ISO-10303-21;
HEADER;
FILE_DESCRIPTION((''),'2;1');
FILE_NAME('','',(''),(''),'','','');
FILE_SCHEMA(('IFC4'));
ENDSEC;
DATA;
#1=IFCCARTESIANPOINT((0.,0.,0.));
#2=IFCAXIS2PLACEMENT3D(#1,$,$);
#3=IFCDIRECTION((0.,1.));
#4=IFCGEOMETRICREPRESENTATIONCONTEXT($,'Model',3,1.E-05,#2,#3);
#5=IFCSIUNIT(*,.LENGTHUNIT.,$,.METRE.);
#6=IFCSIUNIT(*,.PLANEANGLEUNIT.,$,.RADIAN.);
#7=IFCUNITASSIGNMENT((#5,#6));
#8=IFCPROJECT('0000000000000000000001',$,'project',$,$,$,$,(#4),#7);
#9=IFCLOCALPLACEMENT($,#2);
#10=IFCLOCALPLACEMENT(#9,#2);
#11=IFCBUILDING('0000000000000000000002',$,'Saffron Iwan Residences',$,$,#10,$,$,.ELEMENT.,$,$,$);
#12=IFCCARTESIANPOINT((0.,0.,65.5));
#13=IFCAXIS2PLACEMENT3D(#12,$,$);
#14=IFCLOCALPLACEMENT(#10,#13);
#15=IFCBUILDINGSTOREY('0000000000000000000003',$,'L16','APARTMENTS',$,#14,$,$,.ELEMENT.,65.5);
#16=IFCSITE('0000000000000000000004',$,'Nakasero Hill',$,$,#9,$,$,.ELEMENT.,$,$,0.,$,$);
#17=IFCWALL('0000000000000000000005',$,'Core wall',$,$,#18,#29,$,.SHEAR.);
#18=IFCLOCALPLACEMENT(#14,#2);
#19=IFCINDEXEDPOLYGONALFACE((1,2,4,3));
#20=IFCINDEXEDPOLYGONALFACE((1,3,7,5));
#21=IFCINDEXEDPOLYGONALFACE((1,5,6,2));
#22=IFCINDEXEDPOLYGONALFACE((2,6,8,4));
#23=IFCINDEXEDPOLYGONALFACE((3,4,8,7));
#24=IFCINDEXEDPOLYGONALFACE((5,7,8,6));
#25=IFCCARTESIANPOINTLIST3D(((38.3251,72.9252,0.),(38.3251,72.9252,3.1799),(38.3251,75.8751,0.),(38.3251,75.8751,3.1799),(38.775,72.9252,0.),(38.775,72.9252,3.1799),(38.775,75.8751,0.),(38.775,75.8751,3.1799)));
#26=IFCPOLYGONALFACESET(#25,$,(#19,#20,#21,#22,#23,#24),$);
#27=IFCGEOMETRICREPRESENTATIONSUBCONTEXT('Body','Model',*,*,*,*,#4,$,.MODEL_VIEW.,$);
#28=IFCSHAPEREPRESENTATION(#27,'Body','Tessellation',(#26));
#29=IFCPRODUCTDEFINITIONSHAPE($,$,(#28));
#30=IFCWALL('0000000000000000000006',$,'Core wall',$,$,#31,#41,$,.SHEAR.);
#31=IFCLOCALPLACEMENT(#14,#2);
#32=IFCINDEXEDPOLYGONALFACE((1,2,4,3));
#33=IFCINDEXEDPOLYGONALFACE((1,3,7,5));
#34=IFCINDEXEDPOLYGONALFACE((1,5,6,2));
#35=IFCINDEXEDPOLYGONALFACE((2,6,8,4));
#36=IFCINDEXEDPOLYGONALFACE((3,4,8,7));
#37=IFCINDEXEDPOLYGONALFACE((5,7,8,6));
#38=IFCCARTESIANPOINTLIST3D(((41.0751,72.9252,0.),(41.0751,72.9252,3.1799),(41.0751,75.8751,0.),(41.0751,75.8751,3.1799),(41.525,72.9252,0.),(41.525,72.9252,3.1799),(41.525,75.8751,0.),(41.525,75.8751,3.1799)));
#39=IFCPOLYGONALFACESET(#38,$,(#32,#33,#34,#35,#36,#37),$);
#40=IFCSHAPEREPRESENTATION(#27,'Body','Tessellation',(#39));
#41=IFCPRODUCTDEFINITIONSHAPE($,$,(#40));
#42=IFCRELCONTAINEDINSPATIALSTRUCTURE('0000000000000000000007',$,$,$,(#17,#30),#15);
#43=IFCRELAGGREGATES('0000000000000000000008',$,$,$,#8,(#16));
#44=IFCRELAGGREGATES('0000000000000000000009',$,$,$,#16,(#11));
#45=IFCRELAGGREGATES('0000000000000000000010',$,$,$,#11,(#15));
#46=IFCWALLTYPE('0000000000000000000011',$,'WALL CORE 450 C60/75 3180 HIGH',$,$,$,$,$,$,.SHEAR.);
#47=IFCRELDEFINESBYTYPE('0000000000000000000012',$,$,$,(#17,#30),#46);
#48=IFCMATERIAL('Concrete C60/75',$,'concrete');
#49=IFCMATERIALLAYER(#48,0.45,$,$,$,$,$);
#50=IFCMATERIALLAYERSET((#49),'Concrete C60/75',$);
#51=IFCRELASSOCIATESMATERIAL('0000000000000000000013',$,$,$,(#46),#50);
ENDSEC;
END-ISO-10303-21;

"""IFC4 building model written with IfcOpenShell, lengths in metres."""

from ifc_helpers import new_model, si_unit, direction, frame, frame_2d, origin, place, context, subcontext, project, spatial, rectangle, extrude, material, layer, layer_set, type_object, element, save


model = new_model("IFC4")

# Units and contexts
model_context = context("Model", 3, precision=1e-05, world=origin(), true_north=direction((0.0, 1.0)))
body_context = subcontext(model_context, "Body", "Model", "MODEL_VIEW")
ifc_project = project(units=[si_unit("LENGTHUNIT", "METRE"), si_unit("PLANEANGLEUNIT", "RADIAN")], contexts=[model_context])

# Site, building, storey
site_placement = place(None, origin())
site = spatial("IfcSite", under=ifc_project, at=site_placement, Name="Nakasero Hill", CompositionType="ELEMENT", RefElevation=0.0)
building_placement = place(site_placement, origin())
building = spatial("IfcBuilding", under=site, at=building_placement, Name="Saffron Iwan Residences", CompositionType="ELEMENT")
storey_placement = place(building_placement, frame((0.0, 0.0, 65.5)))
storey = spatial("IfcBuildingStorey", under=building, at=storey_placement, Name="L16", Description="APARTMENTS", CompositionType="ELEMENT", Elevation=65.5)

# Shared definitions
ifc_material_1 = material(Name="Concrete C60/75", Category="concrete")
ifc_layer = layer(ifc_material_1, 0.45)
ifc_layer_set = layer_set([ifc_layer], Name="Concrete C60/75")
wall_type = type_object("IfcWallType", Name="WALL CORE 450 C60/75 3180 HIGH", PredefinedType="SHEAR", material=ifc_layer_set)

# Walls
for number, where, z_axis, x_axis, name in (
    (1, (38.55, 72.925, 0.0), (0.0, 0.0, 1.0), (0.0, 1.0, 0.0), "Core wall"),
    (2, (41.3, 72.925, 0.0), (0.0, 0.0, 1.0), (0.0, 1.0, 0.0), "Core wall"),
):
    element("IfcWall", number, at=place(storey_placement, frame(where, z_axis=z_axis, x_axis=x_axis)), inside=storey, type_object=wall_type, Name=name, PredefinedType="SHEAR", context=body_context, shape_type="SweptSolid", body=[
        extrude(rectangle(XDim=2.95, YDim=0.45, at=frame_2d((1.4751, 0.0))), origin(), (0.0, 0.0, 1.0), 3.1799),
    ])

save(model, "model.ifc")
